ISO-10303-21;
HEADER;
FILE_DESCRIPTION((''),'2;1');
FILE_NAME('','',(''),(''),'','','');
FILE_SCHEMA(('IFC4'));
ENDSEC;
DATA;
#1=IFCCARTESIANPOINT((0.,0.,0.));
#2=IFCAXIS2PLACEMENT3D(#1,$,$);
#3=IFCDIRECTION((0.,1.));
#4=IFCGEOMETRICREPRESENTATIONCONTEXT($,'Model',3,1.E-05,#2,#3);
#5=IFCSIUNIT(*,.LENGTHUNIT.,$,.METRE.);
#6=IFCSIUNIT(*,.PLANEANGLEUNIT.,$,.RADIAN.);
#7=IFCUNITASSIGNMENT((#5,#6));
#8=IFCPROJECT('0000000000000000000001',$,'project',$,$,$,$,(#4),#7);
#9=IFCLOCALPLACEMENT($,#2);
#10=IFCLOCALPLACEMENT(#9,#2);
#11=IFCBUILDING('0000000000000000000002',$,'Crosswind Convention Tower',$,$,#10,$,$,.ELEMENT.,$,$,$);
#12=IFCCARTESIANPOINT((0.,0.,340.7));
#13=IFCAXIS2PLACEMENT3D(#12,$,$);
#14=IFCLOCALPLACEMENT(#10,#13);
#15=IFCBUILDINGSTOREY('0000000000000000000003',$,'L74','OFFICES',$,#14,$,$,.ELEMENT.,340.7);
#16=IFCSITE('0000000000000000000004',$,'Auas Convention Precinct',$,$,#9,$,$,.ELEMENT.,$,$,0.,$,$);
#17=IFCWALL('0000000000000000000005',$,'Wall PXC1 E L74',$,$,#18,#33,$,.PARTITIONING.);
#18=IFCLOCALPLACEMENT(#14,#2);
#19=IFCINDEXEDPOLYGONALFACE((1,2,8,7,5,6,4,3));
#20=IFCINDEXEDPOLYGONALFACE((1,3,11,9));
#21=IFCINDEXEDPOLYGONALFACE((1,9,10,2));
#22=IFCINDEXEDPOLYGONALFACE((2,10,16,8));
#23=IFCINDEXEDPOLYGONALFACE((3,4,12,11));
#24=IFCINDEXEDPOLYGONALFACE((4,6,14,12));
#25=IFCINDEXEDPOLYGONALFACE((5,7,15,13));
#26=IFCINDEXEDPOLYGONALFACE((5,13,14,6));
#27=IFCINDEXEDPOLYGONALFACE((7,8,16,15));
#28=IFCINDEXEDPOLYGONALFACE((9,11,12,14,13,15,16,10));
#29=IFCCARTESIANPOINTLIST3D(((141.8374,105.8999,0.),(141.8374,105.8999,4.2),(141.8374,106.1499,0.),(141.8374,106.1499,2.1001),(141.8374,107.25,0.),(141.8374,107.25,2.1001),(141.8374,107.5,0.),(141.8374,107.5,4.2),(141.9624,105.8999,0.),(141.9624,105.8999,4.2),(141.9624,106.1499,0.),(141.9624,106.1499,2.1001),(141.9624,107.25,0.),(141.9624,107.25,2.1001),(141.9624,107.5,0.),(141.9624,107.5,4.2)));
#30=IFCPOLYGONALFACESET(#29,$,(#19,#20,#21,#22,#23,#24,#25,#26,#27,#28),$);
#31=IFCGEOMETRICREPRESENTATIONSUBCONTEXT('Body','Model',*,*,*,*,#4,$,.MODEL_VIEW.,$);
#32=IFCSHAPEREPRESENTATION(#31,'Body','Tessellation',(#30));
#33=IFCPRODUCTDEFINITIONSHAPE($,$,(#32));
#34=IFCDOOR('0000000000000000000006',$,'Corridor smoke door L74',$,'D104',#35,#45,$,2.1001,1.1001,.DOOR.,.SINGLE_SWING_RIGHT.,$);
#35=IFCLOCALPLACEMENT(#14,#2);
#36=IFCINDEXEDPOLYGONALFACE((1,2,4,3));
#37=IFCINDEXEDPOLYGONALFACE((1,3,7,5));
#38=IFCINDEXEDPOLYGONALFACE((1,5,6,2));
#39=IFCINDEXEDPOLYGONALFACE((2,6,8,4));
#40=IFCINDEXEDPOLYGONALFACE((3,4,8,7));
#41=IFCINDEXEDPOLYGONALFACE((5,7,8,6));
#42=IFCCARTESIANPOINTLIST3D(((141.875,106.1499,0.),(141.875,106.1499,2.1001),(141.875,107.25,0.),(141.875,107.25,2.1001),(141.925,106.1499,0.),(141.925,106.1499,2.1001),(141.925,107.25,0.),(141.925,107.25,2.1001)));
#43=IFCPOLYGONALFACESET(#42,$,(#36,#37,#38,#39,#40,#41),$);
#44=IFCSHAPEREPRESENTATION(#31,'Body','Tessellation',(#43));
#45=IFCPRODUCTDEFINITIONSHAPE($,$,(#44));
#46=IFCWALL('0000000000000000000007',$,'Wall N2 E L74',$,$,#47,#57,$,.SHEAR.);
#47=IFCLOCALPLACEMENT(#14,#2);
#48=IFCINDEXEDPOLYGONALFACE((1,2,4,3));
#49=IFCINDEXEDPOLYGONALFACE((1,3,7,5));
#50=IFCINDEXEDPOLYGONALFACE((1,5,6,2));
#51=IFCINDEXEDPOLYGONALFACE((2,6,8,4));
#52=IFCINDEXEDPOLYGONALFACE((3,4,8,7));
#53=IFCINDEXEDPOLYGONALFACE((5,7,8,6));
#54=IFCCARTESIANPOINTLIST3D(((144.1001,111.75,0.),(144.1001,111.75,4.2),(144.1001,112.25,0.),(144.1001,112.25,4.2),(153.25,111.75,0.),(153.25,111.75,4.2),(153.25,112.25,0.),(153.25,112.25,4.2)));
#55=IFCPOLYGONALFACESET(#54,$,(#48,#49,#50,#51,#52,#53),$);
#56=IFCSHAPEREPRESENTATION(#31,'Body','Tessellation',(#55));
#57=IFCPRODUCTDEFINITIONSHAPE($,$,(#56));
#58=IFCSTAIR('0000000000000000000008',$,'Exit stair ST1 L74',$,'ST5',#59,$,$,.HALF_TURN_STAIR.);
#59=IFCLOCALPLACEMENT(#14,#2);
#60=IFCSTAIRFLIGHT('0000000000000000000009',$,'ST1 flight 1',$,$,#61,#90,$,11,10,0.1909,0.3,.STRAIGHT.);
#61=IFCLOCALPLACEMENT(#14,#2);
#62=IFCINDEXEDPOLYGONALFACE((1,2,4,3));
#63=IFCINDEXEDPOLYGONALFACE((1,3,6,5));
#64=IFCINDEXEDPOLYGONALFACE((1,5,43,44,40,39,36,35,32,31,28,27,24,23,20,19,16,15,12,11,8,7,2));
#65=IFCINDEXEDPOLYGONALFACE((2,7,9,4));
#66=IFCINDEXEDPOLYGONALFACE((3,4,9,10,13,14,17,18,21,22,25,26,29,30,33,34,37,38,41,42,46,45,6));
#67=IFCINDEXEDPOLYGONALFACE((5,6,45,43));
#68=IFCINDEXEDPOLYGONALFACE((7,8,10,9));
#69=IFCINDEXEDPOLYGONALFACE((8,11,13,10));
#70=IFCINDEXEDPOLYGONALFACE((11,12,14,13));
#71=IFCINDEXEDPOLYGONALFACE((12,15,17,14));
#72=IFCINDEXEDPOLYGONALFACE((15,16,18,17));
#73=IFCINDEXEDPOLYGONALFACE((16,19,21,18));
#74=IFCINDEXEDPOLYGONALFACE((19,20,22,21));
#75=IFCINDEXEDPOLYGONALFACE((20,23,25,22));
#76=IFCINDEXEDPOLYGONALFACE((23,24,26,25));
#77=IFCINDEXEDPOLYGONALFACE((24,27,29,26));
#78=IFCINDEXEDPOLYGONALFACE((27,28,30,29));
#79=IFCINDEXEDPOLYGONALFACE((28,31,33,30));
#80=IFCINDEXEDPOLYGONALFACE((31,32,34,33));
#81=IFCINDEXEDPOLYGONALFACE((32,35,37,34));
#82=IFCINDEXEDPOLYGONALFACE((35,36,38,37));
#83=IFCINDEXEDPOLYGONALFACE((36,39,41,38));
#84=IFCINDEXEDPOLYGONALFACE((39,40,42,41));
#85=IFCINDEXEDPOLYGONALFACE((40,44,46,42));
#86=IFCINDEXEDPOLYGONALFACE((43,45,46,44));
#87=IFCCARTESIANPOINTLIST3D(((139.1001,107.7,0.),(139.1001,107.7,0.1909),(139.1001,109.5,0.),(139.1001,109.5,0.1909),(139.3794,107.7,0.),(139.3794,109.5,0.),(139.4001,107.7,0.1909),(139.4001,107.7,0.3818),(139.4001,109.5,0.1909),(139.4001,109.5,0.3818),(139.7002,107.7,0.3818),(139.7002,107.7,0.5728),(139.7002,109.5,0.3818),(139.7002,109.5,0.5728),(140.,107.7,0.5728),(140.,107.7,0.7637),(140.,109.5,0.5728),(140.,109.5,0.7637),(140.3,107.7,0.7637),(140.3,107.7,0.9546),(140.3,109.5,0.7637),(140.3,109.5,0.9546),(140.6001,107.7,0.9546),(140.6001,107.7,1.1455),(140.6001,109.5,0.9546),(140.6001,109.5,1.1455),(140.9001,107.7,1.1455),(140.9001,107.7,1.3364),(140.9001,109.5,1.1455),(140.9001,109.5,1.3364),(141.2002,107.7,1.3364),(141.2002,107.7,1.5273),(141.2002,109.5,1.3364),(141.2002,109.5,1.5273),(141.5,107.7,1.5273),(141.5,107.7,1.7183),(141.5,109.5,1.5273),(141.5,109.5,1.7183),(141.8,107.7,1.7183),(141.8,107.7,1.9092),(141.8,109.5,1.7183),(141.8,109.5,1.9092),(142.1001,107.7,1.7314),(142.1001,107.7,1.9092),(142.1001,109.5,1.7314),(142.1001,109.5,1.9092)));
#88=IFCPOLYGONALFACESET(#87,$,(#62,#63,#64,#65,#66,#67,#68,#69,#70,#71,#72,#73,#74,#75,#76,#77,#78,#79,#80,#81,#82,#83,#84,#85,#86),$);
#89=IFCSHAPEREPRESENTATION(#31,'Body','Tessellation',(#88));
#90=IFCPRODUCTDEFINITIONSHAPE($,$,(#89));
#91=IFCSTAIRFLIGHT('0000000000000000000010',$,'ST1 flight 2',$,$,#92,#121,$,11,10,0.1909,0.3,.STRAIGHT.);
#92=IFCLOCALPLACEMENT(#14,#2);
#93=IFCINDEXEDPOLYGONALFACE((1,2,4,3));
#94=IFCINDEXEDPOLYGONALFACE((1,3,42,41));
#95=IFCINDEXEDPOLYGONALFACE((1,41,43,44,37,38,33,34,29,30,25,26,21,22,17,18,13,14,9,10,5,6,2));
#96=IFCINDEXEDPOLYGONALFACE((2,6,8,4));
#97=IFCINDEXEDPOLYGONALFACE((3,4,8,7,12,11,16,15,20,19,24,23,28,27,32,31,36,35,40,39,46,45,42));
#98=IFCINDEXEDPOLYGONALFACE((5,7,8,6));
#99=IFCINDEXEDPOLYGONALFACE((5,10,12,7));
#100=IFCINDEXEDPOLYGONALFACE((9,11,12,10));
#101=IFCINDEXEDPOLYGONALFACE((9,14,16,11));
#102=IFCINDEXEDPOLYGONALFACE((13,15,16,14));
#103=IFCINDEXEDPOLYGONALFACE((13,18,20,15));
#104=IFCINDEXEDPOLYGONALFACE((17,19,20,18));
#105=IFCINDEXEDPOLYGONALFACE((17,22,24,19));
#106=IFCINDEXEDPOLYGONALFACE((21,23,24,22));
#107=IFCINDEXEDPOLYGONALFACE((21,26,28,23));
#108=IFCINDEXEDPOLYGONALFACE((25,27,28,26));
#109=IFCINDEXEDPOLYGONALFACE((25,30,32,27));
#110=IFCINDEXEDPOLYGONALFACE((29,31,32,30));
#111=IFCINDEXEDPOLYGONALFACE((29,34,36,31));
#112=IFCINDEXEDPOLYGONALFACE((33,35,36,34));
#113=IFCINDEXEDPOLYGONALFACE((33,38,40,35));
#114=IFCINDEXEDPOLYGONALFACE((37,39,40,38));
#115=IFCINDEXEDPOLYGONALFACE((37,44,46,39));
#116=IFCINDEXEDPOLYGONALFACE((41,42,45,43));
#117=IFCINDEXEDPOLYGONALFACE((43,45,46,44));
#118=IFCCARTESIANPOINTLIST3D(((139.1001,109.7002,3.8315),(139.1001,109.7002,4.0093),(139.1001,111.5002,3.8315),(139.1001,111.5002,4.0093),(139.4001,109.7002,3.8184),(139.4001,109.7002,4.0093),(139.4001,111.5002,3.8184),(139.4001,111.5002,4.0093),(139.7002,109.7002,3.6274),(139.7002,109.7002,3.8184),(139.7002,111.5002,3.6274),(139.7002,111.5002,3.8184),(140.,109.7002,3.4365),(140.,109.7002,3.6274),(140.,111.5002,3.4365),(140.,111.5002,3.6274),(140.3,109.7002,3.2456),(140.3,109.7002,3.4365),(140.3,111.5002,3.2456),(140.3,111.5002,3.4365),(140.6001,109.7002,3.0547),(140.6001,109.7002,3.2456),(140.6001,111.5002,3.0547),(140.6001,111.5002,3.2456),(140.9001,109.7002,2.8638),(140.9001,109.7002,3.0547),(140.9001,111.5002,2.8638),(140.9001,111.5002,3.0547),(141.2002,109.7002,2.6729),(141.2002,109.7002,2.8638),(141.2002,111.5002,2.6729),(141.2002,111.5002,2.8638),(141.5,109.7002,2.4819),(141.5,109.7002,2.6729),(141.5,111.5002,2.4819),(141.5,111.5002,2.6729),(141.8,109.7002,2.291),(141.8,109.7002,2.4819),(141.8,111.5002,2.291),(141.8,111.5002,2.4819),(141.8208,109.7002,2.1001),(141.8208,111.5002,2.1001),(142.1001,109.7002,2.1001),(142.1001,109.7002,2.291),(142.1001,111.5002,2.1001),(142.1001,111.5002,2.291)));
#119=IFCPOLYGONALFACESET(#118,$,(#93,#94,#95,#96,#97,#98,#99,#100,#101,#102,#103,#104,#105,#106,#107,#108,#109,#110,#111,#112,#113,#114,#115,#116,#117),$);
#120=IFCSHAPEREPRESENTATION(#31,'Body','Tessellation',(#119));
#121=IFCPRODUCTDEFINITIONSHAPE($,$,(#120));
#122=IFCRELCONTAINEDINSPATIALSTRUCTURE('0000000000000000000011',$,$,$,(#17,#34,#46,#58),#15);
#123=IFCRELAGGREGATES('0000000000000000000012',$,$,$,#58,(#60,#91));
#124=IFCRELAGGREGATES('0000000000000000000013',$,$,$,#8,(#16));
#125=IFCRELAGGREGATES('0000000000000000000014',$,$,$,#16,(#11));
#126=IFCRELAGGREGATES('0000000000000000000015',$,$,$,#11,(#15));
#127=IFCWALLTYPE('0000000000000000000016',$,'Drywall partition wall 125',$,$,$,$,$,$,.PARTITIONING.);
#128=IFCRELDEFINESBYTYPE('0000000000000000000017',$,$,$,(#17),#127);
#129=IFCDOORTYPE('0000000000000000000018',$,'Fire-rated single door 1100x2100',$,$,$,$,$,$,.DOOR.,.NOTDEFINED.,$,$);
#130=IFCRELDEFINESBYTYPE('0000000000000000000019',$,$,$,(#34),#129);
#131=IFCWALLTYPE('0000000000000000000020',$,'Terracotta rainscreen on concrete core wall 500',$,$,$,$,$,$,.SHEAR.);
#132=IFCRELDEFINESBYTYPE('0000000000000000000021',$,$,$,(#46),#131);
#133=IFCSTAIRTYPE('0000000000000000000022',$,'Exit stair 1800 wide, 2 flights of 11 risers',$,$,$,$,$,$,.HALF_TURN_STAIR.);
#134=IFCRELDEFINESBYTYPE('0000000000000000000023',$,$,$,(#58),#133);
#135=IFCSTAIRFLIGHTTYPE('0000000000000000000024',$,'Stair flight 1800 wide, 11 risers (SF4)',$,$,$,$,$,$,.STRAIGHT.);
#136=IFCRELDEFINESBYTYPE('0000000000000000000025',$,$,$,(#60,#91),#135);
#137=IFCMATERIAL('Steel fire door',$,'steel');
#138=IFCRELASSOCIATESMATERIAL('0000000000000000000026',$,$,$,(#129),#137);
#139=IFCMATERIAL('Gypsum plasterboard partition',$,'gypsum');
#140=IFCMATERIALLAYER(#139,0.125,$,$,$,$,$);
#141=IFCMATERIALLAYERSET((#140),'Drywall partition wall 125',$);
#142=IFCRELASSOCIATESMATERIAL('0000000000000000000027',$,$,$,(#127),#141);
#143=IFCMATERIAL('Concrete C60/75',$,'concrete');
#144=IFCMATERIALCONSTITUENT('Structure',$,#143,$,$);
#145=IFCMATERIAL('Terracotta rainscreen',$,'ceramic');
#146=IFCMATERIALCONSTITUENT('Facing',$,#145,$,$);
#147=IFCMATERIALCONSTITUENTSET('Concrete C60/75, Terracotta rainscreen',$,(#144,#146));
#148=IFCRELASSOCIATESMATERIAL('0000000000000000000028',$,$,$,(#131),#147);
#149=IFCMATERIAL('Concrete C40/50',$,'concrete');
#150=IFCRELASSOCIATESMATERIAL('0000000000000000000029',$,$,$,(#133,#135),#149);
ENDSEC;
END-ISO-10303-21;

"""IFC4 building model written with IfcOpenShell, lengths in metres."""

from ifc_helpers import new_model, si_unit, direction, frame, frame_2d, origin, place, context, subcontext, project, spatial, polyline, rectangle, outline, extrude, material, layer, layer_set, constituent, constituent_set, type_object, element, fill, aggregate, save


model = new_model("IFC4")

# Units and contexts
model_context = context("Model", 3, precision=1e-05, world=origin(), true_north=direction((0.0, 1.0)))
body_context = subcontext(model_context, "Body", "Model", "MODEL_VIEW")
ifc_project = project(units=[si_unit("LENGTHUNIT", "METRE"), si_unit("PLANEANGLEUNIT", "RADIAN")], contexts=[model_context])

# Site, building, storey
site_placement = place(None, origin())
site = spatial("IfcSite", under=ifc_project, at=site_placement, Name="Auas Convention Precinct", CompositionType="ELEMENT", RefElevation=0.0)
building_placement = place(site_placement, origin())
building = spatial("IfcBuilding", under=site, at=building_placement, Name="Crosswind Convention Tower", CompositionType="ELEMENT")
storey_placement = place(building_placement, frame((0.0, 0.0, 340.7)))
storey = spatial("IfcBuildingStorey", under=building, at=storey_placement, Name="L74", Description="OFFICES", CompositionType="ELEMENT", Elevation=340.7)

# Shared definitions
ifc_material_1 = material(Name="Steel fire door", Category="steel")
door_type_1 = type_object("IfcDoorType", Name="Fire-rated single door 1100x2100", OperationType="NOTDEFINED", PredefinedType="DOOR", material=ifc_material_1)

# Shared definitions
ifc_material_2 = material(Name="Gypsum plasterboard partition", Category="gypsum")
ifc_layer_1 = layer(ifc_material_2, 0.125)
ifc_layer_set_1 = layer_set([ifc_layer_1], Name="Drywall partition wall 125")
wall_type_1 = type_object("IfcWallType", Name="Drywall partition wall 125", PredefinedType="PARTITIONING", material=ifc_layer_set_1)

# Wall, opening, door
wall_1_placement = place(storey_placement, frame((141.8999, 105.8999, 0.0), z_axis=(0.0, 0.0, 1.0), x_axis=(0.0, 1.0, 0.0)))
wall_1 = element("IfcWall", 1, at=wall_1_placement, inside=storey, type_object=wall_type_1, Name="Wall PXC1 E L74", PredefinedType="PARTITIONING", context=body_context, shape_type="SweptSolid", body=[
    extrude(rectangle(XDim=1.6001, YDim=0.125, at=frame_2d((0.8, 0.0))), origin(), (0.0, 0.0, 1.0), 4.2),
])
opening_1_placement = place(wall_1_placement, frame((0.25, 0.0, 0.0)))
opening_1 = element("IfcOpeningElement", 2, at=opening_1_placement, cuts=wall_1, PredefinedType="OPENING", context=body_context, shape_type="SweptSolid", body=[
    extrude(rectangle(XDim=1.1001, YDim=2.1001, at=frame_2d((0.55, 1.05))), frame((0.0, 0.0725, 0.0), z_axis=(0.0, -1.0, 0.0), x_axis=(1.0, 0.0, 0.0)), (0.0, 0.0, 1.0), 0.145),
])
door_1_placement = place(opening_1_placement, origin())
door_1 = element("IfcDoor", 3, at=door_1_placement, inside=storey, type_object=door_type_1, Name="Corridor smoke door L74", ObjectType="D104", OperationType="SINGLE_SWING_RIGHT", OverallHeight=2.1001, OverallWidth=1.1001, PredefinedType="DOOR", context=body_context, shape_type="SweptSolid", body=[
    extrude(rectangle(XDim=1.1001, YDim=2.1001, at=frame_2d((0.55, 1.05))), frame((0.0, 0.0249, 0.0), z_axis=(0.0, -1.0, 0.0), x_axis=(1.0, 0.0, 0.0)), (0.0, 0.0, 1.0), 0.05),
])
fill(opening_1, door_1)

# Wall
ifc_material_3 = material(Name="Concrete C60/75", Category="concrete")
ifc_constituent_1 = constituent(ifc_material_3, Name="Structure")
ifc_material_4 = material(Name="Terracotta rainscreen", Category="ceramic")
ifc_constituent_2 = constituent(ifc_material_4, Name="Facing")
ifc_constituent_set = constituent_set(constituents=[ifc_constituent_1, ifc_constituent_2], Name="Concrete C60/75, Terracotta rainscreen")
wall_type_2 = type_object("IfcWallType", Name="Terracotta rainscreen on concrete core wall 500", PredefinedType="SHEAR", material=ifc_constituent_set)
wall_2_placement = place(storey_placement, frame((144.1001, 112.0, 0.0), z_axis=(0.0, 0.0, 1.0), x_axis=(1.0, 0.0, 0.0)))
element("IfcWall", 4, at=wall_2_placement, inside=storey, type_object=wall_type_2, Name="Wall N2 E L74", PredefinedType="SHEAR", context=body_context, shape_type="SweptSolid", body=[
    extrude(rectangle(XDim=9.1499, YDim=0.5, at=frame_2d((4.575, 0.0))), origin(), (0.0, 0.0, 1.0), 4.2),
])

# Stair, stair flights
ifc_material_5 = material(Name="Concrete C40/50", Category="concrete")
stair_type = type_object("IfcStairType", Name="Exit stair 1800 wide, 2 flights of 11 risers", PredefinedType="HALF_TURN_STAIR", material=ifc_material_5)
stair_placement = place(storey_placement, origin())
stair = element("IfcStair", 5, at=stair_placement, inside=storey, type_object=stair_type, Name="Exit stair ST1 L74", ObjectType="ST5", PredefinedType="HALF_TURN_STAIR")
stair_flight_type = type_object("IfcStairFlightType", Name="Stair flight 1800 wide, 11 risers (SF4)", PredefinedType="STRAIGHT", material=ifc_material_5)
stair_flight_1_placement = place(storey_placement, frame((139.1001, 108.6001, 0.0), z_axis=(0.0, 0.0, 1.0), x_axis=(1.0, 0.0, 0.0)))
stair_flight_1 = element("IfcStairFlight", 6, at=stair_flight_1_placement, type_object=stair_flight_type, Name="ST1 flight 1", NumberOfRisers=11, NumberOfTreads=10, PredefinedType="STRAIGHT", RiserHeight=0.1909, TreadLength=0.3, context=body_context, shape_type="SweptSolid", body=[
    extrude(outline(polyline([(0.0, 0.0), (0.0, 0.1909), (0.3, 0.1909), (0.3, 0.3818), (0.6001, 0.3818), (0.6001, 0.5728), (0.8999, 0.5728), (0.8999, 0.7637), (1.2, 0.7637), (1.2, 0.9546), (1.5, 0.9546), (1.5, 1.1455), (1.8, 1.1455), (1.8, 1.3364), (2.1001, 1.3364), (2.1001, 1.5273), (2.3999, 1.5273), (2.3999, 1.7183), (2.7, 1.7183), (2.7, 1.9092), (3.0, 1.9092), (3.0, 2.1001), (3.0, 1.7314), (0.2793, 0.0), (0.0, 0.0)])), frame((0.0, 0.8999, 0.0), z_axis=(0.0, -1.0, 0.0), x_axis=(1.0, 0.0, 0.0)), (0.0, 0.0, 1.0), 1.8),
])
stair_flight_2_placement = place(storey_placement, frame((142.1001, 110.6001, 2.1001), z_axis=(0.0, 0.0, 1.0), x_axis=(-1.0, 0.0, 0.0)))
stair_flight_2 = element("IfcStairFlight", 7, at=stair_flight_2_placement, type_object=stair_flight_type, Name="ST1 flight 2", NumberOfRisers=11, NumberOfTreads=10, PredefinedType="STRAIGHT", RiserHeight=0.1909, TreadLength=0.3, context=body_context, shape_type="SweptSolid", body=[
    extrude(outline(polyline([(0.0, 0.0), (0.0, 0.1909), (0.3, 0.1909), (0.3, 0.3818), (0.6001, 0.3818), (0.6001, 0.5728), (0.8999, 0.5728), (0.8999, 0.7637), (1.2, 0.7637), (1.2, 0.9546), (1.5, 0.9546), (1.5, 1.1455), (1.8, 1.1455), (1.8, 1.3364), (2.1001, 1.3364), (2.1001, 1.5273), (2.3999, 1.5273), (2.3999, 1.7183), (2.7, 1.7183), (2.7, 1.9092), (3.0, 1.9092), (3.0, 2.1001), (3.0, 1.7314), (0.2793, 0.0), (0.0, 0.0)])), frame((0.0, 0.8999, 0.0), z_axis=(0.0, -1.0, 0.0), x_axis=(1.0, 0.0, 0.0)), (0.0, 0.0, 1.0), 1.8),
])
aggregate(stair, [stair_flight_1, stair_flight_2])

save(model, "model.ifc")
